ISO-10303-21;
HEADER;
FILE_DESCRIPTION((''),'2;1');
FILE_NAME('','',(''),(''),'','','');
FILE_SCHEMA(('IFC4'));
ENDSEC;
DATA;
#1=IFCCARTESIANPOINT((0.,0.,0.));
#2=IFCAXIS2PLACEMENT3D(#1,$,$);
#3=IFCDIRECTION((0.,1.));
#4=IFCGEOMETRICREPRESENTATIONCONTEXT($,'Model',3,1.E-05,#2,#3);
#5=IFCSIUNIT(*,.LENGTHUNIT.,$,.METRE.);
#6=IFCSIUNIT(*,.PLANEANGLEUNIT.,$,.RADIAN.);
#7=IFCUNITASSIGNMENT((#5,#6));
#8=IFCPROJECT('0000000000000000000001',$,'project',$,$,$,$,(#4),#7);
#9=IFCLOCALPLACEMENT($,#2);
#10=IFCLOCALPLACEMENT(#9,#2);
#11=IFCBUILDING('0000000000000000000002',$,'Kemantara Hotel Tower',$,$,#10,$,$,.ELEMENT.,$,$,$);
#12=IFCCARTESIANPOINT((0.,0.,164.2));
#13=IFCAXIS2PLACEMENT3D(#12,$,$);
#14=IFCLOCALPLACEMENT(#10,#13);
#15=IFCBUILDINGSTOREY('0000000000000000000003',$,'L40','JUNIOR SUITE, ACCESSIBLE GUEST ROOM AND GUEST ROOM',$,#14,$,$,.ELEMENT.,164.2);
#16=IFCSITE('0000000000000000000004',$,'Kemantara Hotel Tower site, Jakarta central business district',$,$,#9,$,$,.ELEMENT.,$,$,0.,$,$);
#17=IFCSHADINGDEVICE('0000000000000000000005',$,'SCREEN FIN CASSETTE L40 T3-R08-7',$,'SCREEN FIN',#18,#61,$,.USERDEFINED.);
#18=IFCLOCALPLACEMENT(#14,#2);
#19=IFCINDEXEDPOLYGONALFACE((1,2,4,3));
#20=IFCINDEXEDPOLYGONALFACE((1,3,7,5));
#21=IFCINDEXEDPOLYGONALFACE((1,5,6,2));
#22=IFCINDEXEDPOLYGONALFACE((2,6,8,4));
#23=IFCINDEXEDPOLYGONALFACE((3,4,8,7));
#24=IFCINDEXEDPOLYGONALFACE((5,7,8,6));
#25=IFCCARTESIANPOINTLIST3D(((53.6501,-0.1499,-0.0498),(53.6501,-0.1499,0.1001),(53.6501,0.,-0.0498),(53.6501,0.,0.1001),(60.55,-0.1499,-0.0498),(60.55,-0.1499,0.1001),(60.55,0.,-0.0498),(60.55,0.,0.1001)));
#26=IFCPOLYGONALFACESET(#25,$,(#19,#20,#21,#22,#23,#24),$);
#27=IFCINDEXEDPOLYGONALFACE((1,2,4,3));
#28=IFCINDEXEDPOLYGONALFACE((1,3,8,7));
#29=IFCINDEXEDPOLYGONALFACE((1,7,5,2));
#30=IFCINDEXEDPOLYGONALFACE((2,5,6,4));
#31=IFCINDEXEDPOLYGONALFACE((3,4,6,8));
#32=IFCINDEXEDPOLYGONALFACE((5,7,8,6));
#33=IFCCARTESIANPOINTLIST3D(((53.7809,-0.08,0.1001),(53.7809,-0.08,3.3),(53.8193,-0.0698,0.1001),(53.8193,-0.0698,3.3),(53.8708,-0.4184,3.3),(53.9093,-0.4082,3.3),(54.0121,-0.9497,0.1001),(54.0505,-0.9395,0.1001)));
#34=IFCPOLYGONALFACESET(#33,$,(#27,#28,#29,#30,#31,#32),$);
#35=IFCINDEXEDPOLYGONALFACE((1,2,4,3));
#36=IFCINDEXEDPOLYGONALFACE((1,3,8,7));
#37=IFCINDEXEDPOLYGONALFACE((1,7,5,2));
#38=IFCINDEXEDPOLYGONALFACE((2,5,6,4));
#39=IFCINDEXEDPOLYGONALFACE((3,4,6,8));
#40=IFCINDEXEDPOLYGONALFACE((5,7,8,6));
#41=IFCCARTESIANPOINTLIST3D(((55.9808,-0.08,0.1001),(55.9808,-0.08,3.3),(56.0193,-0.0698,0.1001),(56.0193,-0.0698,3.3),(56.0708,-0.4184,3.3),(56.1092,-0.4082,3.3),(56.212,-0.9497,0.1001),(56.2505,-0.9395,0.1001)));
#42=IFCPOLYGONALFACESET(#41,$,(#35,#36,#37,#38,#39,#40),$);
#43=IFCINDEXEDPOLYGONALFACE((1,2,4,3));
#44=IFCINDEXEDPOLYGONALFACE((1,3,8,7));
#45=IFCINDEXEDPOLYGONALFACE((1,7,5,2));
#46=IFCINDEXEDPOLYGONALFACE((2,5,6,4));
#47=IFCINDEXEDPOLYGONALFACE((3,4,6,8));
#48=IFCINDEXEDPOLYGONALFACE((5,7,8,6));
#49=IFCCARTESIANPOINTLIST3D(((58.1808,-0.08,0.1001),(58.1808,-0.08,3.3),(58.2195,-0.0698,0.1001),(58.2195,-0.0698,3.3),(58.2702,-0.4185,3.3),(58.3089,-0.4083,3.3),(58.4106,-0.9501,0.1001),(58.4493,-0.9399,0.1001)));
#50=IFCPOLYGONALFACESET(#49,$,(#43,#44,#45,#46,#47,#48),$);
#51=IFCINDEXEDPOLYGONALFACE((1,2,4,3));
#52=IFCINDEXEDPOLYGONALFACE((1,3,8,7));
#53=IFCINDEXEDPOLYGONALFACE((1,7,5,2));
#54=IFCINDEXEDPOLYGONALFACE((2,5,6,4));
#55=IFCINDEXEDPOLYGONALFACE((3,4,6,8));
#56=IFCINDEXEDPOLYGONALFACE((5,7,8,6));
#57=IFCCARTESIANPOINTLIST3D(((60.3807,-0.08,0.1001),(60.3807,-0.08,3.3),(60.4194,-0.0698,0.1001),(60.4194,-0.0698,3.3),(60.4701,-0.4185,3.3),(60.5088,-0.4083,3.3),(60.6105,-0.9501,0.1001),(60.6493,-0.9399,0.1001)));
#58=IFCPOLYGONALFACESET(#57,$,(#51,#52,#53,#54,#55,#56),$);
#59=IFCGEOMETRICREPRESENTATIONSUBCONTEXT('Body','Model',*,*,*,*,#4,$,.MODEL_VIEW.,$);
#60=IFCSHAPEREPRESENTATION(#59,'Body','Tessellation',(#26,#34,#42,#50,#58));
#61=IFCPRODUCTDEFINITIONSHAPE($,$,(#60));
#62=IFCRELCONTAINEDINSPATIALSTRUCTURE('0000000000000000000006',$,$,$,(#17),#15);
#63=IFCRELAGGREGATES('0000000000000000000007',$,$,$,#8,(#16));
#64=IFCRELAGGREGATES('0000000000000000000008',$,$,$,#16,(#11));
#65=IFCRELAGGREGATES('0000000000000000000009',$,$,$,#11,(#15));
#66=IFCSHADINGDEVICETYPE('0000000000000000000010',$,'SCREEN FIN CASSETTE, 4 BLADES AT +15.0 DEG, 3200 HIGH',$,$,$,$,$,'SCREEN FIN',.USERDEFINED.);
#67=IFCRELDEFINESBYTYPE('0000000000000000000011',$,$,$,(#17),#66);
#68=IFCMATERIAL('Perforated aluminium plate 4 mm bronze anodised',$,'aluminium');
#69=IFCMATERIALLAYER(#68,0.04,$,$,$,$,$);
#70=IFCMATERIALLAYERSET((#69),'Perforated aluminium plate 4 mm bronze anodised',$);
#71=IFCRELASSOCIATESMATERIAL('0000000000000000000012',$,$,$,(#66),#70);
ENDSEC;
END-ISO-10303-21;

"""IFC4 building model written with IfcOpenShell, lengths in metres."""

from ifc_helpers import new_model, si_unit, direction, frame, origin, origin_2d, place, context, subcontext, project, spatial, polyline, rectangle, outline, extrude, source, transform, mapped, material, layer, layer_set, type_object, element, save


model = new_model("IFC4")

# Units and contexts
model_context = context("Model", 3, precision=1e-05, world=origin(), true_north=direction((0.0, 1.0)))
body_context = subcontext(model_context, "Body", "Model", "MODEL_VIEW")
ifc_project = project(units=[si_unit("LENGTHUNIT", "METRE"), si_unit("PLANEANGLEUNIT", "RADIAN")], contexts=[model_context])

# Site, building, storey
site_placement = place(None, origin())
site = spatial("IfcSite", under=ifc_project, at=site_placement, Name="Kemantara Hotel Tower site, Jakarta central business district", CompositionType="ELEMENT", RefElevation=0.0)
building_placement = place(site_placement, origin())
building = spatial("IfcBuilding", under=site, at=building_placement, Name="Kemantara Hotel Tower", CompositionType="ELEMENT")
storey_placement = place(building_placement, frame((0.0, 0.0, 164.2)))
storey = spatial("IfcBuildingStorey", under=building, at=storey_placement, Name="L40", Description="JUNIOR SUITE, ACCESSIBLE GUEST ROOM AND GUEST ROOM", CompositionType="ELEMENT", Elevation=164.2)

# Shading device
ifc_material_1 = material(Name="Perforated aluminium plate 4 mm bronze anodised", Category="aluminium")
ifc_layer_1 = layer(ifc_material_1, 0.04)
ifc_layer_set_1 = layer_set([ifc_layer_1], Name="Perforated aluminium plate 4 mm bronze anodised")
shading_device_type_1 = type_object("IfcShadingDeviceType", Name="SCREEN FIN CASSETTE, 4 BLADES AT +15.0 DEG, 3200 HIGH", ElementType="SCREEN FIN", PredefinedType="USERDEFINED", material=ifc_layer_set_1)
shared_shape_1 = source(origin(), body_context, "Body", "SweptSolid", [
    extrude(rectangle(XDim=6.8999, YDim=0.1499, at=origin_2d()), frame((3.3, -0.075, -0.1499), z_axis=(0.0, 0.0, 1.0), x_axis=(1.0, 0.0, 0.0)), (0.0, 0.0, 1.0), 0.1499),
    extrude(outline(polyline([(0.0, 0.0), (0.8999, 0.0), (0.3501, 3.2), (0.0, 3.2), (0.0, 0.0)])), frame((0.0193, -0.0698, 0.0), z_axis=(-0.966438, -0.256901, 0.0), x_axis=(0.256901, -0.966438, 0.0)), (0.0, 0.0, 1.0), 0.0398),
    extrude(outline(polyline([(0.0, 0.0), (0.8999, 0.0), (0.3501, 3.2), (0.0, 3.2), (0.0, 0.0)])), frame((2.2192, -0.0698, 0.0), z_axis=(-0.966438, -0.256901, 0.0), x_axis=(0.256901, -0.966438, 0.0)), (0.0, 0.0, 1.0), 0.0398),
    extrude(outline(polyline([(0.0, 0.0), (0.8999, 0.0), (0.3501, 3.2), (0.0, 3.2), (0.0, 0.0)])), frame((4.4194, -0.0698, 0.0), z_axis=(-0.966838, -0.255391, 0.0), x_axis=(0.255391, -0.966838, 0.0)), (0.0, 0.0, 1.0), 0.04),
    extrude(outline(polyline([(0.0, 0.0), (0.8999, 0.0), (0.3501, 3.2), (0.0, 3.2), (0.0, 0.0)])), frame((6.6194, -0.0698, 0.0), z_axis=(-0.966838, -0.255391, 0.0), x_axis=(0.255391, -0.966838, 0.0)), (0.0, 0.0, 1.0), 0.04),
])
shading_device_1_placement = place(storey_placement, frame((53.8, 0.0, 0.1001), z_axis=(0.0, 0.0, 1.0), x_axis=(1.0, 0.0, 0.0)))
element("IfcShadingDevice", 1, at=shading_device_1_placement, inside=storey, type_object=shading_device_type_1, Name="SCREEN FIN CASSETTE L40 T3-R08-7", ObjectType="SCREEN FIN", PredefinedType="USERDEFINED", context=body_context, shape_type="MappedRepresentation", body=[
    mapped(shared_shape_1, transform((0.0, 0.0, 0.0))),
])

save(model, "model.ifc")
